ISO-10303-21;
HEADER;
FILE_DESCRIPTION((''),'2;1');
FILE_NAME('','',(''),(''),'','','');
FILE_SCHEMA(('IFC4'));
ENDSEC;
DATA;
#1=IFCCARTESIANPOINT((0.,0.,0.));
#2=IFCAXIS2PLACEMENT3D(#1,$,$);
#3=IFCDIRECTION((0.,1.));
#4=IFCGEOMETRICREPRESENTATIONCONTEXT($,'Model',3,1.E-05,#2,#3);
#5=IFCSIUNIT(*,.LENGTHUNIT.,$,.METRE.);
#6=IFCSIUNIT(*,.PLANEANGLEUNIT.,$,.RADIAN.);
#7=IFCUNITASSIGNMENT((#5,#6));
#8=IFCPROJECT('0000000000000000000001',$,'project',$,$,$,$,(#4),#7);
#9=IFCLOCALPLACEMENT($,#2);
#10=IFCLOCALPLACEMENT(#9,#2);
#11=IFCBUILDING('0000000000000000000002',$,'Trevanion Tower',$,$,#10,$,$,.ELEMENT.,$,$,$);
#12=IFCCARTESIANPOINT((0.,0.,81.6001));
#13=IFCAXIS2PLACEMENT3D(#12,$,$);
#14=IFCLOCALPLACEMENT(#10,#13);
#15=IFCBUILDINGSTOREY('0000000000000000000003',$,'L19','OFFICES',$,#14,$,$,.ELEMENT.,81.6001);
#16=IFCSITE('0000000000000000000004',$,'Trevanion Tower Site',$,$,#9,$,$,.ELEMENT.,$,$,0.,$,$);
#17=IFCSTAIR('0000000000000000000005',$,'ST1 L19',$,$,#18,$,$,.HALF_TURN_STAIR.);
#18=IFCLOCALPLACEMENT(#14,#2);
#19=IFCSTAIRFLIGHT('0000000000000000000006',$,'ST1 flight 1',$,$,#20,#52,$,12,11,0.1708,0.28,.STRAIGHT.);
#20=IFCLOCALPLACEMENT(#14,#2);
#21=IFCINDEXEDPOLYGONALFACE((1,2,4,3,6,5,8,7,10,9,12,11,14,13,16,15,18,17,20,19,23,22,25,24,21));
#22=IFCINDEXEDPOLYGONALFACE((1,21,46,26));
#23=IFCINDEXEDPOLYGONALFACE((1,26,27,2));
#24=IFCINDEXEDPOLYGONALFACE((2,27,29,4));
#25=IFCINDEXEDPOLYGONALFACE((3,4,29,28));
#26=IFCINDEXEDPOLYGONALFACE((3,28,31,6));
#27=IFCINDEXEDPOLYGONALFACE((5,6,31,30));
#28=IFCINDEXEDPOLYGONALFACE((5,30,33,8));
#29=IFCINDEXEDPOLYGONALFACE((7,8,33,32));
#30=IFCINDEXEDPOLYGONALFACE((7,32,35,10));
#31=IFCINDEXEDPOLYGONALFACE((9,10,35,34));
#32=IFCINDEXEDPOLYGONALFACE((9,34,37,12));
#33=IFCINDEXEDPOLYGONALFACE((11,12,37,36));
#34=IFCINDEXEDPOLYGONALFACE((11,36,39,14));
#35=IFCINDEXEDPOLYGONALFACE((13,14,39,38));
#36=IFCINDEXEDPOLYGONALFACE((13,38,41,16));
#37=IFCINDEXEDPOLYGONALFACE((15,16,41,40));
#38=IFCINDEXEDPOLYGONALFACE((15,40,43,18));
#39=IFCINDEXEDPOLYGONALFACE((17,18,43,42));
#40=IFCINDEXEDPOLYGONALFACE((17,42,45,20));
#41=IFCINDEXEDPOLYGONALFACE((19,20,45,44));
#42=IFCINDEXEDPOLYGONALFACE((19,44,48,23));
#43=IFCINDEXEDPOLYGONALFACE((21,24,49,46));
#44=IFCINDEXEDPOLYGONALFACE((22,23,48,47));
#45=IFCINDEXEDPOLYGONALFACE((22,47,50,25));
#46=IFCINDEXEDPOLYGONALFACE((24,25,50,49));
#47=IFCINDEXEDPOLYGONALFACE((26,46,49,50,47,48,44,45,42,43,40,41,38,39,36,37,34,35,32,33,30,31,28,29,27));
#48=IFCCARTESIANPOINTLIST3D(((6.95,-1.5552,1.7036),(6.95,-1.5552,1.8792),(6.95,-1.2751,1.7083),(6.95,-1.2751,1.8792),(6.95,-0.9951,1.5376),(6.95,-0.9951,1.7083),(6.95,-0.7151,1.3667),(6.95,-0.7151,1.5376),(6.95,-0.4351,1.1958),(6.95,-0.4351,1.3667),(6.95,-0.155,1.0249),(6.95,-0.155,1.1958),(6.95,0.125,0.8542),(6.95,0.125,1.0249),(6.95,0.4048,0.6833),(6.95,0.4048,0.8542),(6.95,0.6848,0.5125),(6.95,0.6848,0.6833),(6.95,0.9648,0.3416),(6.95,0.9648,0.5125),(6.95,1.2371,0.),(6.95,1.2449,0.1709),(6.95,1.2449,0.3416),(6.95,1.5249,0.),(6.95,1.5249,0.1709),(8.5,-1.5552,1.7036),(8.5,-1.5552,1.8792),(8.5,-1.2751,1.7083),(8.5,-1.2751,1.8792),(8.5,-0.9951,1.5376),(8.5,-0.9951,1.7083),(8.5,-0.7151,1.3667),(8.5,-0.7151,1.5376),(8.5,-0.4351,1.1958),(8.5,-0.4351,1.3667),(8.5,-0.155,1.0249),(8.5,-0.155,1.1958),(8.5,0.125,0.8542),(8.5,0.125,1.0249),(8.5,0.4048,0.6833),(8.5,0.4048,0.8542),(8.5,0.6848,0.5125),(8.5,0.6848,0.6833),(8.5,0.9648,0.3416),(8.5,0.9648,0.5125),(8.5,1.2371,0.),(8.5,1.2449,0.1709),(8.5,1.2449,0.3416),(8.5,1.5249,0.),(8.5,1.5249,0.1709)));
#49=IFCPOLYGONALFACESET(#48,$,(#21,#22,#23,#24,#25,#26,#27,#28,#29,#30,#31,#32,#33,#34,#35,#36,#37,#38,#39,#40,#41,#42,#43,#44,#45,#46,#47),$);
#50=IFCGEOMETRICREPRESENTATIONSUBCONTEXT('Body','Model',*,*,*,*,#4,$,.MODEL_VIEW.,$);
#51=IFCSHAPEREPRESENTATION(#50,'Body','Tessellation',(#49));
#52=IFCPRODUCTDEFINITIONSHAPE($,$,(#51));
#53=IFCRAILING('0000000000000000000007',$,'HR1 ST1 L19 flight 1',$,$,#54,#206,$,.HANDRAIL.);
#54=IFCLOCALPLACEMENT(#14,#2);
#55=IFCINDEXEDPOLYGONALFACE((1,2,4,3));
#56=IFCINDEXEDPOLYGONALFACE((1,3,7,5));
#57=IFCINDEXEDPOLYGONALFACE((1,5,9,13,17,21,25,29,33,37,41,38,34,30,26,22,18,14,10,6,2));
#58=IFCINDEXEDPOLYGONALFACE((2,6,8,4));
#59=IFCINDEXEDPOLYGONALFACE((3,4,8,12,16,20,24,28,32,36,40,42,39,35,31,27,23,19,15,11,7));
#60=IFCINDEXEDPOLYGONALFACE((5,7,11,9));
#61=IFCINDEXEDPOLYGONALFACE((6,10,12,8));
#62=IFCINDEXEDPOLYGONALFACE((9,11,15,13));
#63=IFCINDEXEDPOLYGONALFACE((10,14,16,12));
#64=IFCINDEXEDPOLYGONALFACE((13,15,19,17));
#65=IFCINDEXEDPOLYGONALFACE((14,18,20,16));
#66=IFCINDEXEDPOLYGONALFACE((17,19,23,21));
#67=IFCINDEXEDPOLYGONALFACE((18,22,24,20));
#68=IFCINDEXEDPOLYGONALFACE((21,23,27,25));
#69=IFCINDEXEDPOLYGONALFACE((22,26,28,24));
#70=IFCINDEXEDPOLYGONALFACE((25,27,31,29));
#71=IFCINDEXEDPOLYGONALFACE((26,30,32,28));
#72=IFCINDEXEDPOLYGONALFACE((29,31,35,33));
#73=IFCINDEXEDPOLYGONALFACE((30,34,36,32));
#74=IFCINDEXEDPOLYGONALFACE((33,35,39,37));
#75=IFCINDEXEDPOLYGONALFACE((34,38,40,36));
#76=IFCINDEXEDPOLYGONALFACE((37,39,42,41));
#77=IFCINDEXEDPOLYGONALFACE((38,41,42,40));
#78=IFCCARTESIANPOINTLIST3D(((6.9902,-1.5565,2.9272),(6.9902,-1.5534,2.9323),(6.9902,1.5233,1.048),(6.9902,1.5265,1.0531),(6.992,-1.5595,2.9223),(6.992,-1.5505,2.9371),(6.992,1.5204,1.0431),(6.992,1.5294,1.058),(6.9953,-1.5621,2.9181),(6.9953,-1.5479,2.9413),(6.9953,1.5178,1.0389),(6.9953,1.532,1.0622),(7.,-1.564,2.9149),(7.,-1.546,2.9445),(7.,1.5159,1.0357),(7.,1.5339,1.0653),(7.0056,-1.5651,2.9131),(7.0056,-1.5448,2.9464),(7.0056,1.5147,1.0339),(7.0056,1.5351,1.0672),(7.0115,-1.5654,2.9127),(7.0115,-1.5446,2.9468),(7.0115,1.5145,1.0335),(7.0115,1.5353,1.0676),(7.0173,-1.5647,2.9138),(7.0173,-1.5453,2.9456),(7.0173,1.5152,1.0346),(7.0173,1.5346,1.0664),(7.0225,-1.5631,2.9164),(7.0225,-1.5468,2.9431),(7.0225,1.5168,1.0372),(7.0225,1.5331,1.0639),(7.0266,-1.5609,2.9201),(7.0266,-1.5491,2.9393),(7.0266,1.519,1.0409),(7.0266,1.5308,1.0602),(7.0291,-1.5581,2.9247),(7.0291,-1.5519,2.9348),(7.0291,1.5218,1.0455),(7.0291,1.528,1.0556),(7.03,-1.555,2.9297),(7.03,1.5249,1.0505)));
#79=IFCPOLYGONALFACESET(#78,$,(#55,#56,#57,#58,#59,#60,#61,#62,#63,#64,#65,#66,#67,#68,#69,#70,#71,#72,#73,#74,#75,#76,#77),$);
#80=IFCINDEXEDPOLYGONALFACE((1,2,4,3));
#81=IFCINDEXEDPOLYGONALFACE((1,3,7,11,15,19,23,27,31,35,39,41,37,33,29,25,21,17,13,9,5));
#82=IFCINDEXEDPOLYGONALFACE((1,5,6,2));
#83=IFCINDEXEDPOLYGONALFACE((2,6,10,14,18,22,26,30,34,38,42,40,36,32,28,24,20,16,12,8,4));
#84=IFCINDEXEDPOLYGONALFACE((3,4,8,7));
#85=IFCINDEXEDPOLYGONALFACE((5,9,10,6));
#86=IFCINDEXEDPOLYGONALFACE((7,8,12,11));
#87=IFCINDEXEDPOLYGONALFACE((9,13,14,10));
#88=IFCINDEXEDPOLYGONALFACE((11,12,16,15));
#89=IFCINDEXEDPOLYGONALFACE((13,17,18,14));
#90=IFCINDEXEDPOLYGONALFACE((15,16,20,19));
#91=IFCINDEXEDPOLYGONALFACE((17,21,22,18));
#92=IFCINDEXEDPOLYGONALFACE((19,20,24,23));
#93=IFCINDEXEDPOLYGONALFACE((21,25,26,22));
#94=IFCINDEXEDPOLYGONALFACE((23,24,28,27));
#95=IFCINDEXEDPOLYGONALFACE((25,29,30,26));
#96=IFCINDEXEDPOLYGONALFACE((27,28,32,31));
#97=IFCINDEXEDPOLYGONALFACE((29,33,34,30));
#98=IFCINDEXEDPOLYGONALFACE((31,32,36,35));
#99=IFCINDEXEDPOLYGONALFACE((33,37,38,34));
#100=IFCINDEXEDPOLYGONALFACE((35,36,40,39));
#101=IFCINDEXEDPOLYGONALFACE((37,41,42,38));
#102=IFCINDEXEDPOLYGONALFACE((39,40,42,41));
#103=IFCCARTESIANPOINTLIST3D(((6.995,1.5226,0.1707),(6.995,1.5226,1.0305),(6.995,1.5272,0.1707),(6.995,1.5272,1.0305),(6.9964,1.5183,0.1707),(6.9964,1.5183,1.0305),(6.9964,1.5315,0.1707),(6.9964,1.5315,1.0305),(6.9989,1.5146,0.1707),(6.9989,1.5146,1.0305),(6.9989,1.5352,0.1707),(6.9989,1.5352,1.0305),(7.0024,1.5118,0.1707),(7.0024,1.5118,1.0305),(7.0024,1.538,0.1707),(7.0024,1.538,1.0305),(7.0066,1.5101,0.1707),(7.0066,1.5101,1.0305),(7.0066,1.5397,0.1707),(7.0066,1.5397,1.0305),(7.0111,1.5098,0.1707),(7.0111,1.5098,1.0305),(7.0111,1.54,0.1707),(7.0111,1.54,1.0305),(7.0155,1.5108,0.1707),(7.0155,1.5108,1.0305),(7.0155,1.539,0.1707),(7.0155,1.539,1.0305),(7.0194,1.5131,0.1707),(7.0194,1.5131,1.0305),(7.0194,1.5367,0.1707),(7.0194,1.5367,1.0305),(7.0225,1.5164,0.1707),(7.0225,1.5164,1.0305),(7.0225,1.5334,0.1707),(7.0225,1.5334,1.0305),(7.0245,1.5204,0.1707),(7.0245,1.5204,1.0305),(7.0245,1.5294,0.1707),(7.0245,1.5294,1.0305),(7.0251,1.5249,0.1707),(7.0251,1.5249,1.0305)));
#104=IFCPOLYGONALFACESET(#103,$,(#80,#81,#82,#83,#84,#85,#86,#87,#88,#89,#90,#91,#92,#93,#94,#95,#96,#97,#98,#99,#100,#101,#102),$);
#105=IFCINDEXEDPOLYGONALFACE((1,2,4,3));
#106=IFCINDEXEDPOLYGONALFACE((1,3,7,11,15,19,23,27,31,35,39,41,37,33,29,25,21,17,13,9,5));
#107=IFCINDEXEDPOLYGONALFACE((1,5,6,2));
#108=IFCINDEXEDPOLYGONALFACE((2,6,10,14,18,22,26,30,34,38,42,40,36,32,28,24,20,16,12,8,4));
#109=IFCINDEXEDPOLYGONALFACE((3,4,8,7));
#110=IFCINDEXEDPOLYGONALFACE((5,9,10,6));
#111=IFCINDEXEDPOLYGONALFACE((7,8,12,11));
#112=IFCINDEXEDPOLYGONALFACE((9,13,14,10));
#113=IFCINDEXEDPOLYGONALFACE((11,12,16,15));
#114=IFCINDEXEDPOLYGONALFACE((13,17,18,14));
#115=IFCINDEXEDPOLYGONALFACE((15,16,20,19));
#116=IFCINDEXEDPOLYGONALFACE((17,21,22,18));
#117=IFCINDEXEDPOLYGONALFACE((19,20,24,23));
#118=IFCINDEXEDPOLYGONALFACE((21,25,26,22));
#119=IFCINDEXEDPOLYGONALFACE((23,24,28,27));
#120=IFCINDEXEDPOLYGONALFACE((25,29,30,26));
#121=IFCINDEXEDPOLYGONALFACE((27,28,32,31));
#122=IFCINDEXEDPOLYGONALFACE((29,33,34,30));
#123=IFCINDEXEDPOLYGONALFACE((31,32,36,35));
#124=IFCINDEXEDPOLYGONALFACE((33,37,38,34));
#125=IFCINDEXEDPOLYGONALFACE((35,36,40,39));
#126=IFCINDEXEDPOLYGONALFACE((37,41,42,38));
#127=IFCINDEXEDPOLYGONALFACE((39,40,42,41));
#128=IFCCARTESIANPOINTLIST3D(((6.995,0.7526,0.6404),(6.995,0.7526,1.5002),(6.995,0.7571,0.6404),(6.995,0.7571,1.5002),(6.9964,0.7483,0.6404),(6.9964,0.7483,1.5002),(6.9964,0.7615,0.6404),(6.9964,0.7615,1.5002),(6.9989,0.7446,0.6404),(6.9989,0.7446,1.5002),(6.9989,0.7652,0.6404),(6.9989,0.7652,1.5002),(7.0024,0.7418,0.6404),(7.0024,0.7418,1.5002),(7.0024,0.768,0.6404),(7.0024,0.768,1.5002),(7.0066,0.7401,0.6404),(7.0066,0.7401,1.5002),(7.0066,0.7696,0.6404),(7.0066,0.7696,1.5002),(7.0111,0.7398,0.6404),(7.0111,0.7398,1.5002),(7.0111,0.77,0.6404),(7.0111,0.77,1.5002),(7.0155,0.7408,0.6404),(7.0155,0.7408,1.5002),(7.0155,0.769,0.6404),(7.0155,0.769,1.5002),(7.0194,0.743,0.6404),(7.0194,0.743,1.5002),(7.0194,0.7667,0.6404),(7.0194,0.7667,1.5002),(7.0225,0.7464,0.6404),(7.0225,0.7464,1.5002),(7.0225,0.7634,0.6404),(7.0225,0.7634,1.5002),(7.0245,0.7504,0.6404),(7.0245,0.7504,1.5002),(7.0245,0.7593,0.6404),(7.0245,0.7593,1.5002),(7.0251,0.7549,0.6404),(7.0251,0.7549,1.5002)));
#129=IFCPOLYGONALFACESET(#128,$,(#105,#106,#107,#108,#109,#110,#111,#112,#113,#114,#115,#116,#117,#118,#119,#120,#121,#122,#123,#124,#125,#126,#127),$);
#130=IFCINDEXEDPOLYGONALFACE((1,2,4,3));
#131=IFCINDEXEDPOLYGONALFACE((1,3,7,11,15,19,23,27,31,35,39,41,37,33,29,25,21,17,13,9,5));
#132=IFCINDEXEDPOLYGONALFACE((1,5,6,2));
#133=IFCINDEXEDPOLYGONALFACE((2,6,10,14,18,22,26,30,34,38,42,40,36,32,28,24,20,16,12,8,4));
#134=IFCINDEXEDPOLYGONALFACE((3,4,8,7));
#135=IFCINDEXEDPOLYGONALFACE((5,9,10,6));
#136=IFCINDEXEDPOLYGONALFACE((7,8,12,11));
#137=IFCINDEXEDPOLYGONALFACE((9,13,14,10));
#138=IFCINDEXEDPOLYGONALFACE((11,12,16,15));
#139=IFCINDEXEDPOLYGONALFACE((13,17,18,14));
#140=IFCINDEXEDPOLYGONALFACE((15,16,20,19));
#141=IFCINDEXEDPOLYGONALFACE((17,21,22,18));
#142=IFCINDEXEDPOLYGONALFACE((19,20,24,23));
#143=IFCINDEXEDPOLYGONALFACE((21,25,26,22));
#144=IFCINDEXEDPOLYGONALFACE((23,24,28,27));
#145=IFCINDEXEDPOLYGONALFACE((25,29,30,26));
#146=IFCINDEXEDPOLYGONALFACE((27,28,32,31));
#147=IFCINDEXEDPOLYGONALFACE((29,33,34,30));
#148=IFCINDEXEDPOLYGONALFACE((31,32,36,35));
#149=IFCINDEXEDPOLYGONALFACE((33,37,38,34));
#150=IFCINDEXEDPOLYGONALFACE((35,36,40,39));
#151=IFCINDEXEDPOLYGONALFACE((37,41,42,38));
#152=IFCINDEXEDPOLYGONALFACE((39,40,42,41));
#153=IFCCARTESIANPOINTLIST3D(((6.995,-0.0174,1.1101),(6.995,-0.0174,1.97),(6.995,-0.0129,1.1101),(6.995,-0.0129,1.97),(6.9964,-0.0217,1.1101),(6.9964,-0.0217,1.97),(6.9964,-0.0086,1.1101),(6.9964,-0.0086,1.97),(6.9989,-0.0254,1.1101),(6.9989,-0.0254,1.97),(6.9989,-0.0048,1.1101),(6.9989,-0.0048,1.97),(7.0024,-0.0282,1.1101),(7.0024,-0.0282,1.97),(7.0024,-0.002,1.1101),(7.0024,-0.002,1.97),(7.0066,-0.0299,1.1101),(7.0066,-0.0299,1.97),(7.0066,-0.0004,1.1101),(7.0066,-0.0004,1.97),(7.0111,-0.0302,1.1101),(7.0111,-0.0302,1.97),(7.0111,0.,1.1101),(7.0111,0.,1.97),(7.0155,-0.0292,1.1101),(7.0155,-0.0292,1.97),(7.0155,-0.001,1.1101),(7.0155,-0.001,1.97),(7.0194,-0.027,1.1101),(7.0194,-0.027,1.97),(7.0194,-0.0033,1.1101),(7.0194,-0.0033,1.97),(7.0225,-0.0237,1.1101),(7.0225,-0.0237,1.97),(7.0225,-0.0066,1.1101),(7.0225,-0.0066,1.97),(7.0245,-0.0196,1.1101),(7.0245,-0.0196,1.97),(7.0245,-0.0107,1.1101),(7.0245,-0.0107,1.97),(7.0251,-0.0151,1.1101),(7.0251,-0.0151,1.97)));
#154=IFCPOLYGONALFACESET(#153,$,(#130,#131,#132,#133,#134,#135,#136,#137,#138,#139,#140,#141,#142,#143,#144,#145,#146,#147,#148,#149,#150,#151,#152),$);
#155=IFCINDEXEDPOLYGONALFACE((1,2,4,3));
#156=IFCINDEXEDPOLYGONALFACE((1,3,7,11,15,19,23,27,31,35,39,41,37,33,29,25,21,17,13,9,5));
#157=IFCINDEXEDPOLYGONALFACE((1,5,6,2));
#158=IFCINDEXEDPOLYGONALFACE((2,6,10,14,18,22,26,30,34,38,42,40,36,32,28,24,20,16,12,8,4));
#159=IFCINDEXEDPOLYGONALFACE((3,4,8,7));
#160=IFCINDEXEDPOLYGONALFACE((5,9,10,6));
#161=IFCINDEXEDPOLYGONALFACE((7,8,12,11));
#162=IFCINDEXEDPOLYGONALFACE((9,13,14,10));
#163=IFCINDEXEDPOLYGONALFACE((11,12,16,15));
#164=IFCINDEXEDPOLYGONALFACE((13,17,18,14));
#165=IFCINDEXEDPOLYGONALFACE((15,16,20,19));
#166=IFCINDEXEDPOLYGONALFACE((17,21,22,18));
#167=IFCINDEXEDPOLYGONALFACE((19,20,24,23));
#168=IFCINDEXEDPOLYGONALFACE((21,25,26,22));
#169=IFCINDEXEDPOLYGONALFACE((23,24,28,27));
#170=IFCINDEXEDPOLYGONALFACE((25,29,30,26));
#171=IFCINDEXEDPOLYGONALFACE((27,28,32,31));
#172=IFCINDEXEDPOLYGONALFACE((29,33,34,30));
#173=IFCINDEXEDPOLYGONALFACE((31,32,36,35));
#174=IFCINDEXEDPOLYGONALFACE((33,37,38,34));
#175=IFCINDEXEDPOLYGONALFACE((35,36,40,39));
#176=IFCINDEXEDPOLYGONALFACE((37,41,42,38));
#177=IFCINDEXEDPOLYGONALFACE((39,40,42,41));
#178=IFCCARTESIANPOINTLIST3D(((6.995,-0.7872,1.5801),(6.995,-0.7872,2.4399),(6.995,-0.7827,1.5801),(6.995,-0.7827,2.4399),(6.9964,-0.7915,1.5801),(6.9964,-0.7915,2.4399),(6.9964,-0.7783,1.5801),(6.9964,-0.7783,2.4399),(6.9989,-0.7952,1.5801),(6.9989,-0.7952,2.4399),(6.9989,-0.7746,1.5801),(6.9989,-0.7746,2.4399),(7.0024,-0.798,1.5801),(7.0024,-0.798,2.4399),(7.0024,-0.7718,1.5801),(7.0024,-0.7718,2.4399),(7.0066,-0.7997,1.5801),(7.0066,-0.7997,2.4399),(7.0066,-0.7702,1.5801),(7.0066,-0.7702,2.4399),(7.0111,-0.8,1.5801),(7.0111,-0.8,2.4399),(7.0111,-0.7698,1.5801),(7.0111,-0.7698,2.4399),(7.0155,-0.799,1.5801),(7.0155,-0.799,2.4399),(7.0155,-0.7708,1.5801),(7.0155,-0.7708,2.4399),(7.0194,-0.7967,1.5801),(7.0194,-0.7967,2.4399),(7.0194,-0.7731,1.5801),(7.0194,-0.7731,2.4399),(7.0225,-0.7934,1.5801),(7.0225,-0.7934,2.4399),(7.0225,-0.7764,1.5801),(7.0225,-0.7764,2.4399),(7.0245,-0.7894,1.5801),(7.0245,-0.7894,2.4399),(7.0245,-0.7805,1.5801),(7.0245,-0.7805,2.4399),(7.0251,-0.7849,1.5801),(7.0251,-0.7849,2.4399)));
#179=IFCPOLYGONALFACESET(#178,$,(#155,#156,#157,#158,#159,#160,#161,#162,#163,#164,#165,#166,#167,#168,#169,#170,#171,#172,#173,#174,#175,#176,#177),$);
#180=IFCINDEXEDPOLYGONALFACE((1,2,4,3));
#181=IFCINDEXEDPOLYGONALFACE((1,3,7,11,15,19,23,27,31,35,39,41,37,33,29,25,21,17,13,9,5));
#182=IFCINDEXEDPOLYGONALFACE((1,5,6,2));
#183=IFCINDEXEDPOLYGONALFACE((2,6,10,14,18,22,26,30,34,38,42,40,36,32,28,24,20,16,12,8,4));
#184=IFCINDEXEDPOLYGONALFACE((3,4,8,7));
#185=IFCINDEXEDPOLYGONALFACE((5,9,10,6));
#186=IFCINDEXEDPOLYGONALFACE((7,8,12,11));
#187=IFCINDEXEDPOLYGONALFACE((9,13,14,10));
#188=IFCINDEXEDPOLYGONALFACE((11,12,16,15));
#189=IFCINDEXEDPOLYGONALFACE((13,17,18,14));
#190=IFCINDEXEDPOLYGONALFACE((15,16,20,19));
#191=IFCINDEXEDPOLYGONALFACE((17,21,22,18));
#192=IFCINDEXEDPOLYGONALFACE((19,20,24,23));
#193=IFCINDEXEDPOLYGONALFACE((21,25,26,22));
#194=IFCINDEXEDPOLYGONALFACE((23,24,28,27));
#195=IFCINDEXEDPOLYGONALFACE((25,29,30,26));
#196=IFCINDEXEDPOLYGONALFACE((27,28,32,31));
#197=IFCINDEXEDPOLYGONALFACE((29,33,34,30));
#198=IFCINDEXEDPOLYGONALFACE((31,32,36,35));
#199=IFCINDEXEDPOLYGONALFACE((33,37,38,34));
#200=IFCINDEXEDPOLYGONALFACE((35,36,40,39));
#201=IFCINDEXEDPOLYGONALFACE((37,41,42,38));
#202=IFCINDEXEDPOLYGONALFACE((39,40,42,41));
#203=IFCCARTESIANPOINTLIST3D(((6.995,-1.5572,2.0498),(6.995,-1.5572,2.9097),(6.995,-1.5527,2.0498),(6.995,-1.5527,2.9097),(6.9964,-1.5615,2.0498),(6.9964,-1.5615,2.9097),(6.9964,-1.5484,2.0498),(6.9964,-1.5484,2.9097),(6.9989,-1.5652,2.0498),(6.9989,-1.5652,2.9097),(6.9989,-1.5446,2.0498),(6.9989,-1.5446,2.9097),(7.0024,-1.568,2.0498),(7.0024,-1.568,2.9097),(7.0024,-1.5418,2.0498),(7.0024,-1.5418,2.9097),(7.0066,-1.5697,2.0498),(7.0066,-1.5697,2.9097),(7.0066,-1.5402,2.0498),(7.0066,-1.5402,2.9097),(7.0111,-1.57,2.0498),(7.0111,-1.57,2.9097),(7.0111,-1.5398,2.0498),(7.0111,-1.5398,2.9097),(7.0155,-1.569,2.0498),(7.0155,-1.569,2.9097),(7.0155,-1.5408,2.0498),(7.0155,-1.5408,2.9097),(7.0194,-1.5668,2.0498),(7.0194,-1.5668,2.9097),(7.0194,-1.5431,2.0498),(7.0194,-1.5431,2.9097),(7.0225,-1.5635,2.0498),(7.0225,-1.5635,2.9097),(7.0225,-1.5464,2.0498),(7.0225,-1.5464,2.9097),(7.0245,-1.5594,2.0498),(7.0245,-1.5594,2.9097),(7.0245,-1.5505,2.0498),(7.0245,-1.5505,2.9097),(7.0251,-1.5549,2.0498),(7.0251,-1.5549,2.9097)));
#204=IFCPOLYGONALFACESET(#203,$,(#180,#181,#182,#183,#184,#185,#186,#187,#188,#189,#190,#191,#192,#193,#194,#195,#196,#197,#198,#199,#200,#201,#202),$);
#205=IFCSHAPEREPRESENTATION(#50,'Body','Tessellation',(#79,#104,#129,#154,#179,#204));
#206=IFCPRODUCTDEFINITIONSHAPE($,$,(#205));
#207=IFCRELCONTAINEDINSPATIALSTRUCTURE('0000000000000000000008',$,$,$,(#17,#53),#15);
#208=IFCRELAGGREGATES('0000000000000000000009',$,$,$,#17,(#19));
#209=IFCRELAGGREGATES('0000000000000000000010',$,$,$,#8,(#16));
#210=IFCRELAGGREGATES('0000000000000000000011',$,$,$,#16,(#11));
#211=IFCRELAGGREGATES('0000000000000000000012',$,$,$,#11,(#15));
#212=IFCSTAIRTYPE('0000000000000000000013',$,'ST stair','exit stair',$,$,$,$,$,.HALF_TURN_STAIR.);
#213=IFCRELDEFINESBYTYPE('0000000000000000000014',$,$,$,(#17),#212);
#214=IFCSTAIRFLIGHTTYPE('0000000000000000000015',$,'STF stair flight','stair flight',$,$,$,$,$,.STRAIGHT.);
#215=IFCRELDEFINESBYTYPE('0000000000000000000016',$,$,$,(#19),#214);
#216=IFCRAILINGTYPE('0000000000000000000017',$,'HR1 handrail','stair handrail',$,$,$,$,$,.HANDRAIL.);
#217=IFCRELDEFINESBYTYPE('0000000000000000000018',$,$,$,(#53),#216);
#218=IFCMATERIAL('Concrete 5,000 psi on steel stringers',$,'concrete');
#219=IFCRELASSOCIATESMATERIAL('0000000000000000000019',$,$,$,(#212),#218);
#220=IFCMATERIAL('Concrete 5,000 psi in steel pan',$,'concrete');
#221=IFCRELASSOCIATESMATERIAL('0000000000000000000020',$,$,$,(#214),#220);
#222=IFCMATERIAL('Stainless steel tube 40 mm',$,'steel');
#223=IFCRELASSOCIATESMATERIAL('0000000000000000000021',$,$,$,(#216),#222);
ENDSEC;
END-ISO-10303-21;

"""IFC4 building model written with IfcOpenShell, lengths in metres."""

from ifc_helpers import new_model, si_unit, direction, frame, origin, origin_2d, place, context, subcontext, project, spatial, polyline, circle, outline, extrude, material, type_object, element, aggregate, save


model = new_model("IFC4")

# Units and contexts
model_context = context("Model", 3, precision=1e-05, world=origin(), true_north=direction((0.0, 1.0)))
body_context = subcontext(model_context, "Body", "Model", "MODEL_VIEW")
ifc_project = project(units=[si_unit("LENGTHUNIT", "METRE"), si_unit("PLANEANGLEUNIT", "RADIAN")], contexts=[model_context])

# Site, building, storey
site_placement = place(None, origin())
site = spatial("IfcSite", under=ifc_project, at=site_placement, Name="Trevanion Tower Site", CompositionType="ELEMENT", RefElevation=0.0)
building_placement = place(site_placement, origin())
building = spatial("IfcBuilding", under=site, at=building_placement, Name="Trevanion Tower", CompositionType="ELEMENT")
storey_placement = place(building_placement, frame((0.0, 0.0, 81.6001)))
storey = spatial("IfcBuildingStorey", under=building, at=storey_placement, Name="L19", Description="OFFICES", CompositionType="ELEMENT", Elevation=81.6001)

# Stair, stair flight
ifc_material_1 = material(Name="Concrete 5,000 psi on steel stringers", Category="concrete")
stair_type = type_object("IfcStairType", Name="ST stair", Description="exit stair", PredefinedType="HALF_TURN_STAIR", material=ifc_material_1)
stair_placement = place(storey_placement, origin())
stair = element("IfcStair", 1, at=stair_placement, inside=storey, type_object=stair_type, Name="ST1 L19", PredefinedType="HALF_TURN_STAIR")
ifc_material_2 = material(Name="Concrete 5,000 psi in steel pan", Category="concrete")
stair_flight_type = type_object("IfcStairFlightType", Name="STF stair flight", Description="stair flight", PredefinedType="STRAIGHT", material=ifc_material_2)
stair_flight_placement = place(storey_placement, frame((7.7251, 1.5249, 0.0), z_axis=(0.0, 0.0, 1.0), x_axis=(0.0, -1.0, 0.0)))
stair_flight = element("IfcStairFlight", 2, at=stair_flight_placement, type_object=stair_flight_type, Name="ST1 flight 1", NumberOfRisers=12, NumberOfTreads=11, PredefinedType="STRAIGHT", RiserHeight=0.1708, TreadLength=0.28, context=body_context, shape_type="SweptSolid", body=[
    extrude(outline(polyline([(0.0, 0.0), (0.0, 0.1709), (0.28, 0.1709), (0.28, 0.3416), (0.5601, 0.3416), (0.5601, 0.5125), (0.8401, 0.5125), (0.8401, 0.6833), (1.1201, 0.6833), (1.1201, 0.8542), (1.3999, 0.8542), (1.3999, 1.0249), (1.6799, 1.0249), (1.6799, 1.1958), (1.96, 1.1958), (1.96, 1.3667), (2.24, 1.3667), (2.24, 1.5376), (2.52, 1.5376), (2.52, 1.7083), (2.8, 1.7083), (2.8, 1.8792), (3.0801, 1.8792), (3.0801, 2.05), (3.0801, 1.7036), (0.2878, 0.0), (0.0, 0.0)])), frame((0.0, 0.7749, 0.0), z_axis=(0.0, -1.0, 0.0), x_axis=(1.0, 0.0, 0.0)), (0.0, 0.0, 1.0), 1.55),
])
aggregate(stair, [stair_flight])

# Railing
ifc_material_3 = material(Name="Stainless steel tube 40 mm", Category="steel")
railing_type = type_object("IfcRailingType", Name="HR1 handrail", Description="stair handrail", PredefinedType="HANDRAIL", material=ifc_material_3)
for number, where, name in (
    (3, (7.01, 1.5249, 0.1707), "HR1 ST1 L19 flight 1"),
):
    element("IfcRailing", number, at=place(storey_placement, frame(where)), inside=storey, type_object=railing_type, Name=name, PredefinedType="HANDRAIL", context=body_context, shape_type="SweptSolid", body=[
        extrude(circle(Radius=0.02, at=origin_2d()), frame((0.0, 0.0, 0.8799), z_axis=(0.0, -0.853648, 0.52085), x_axis=(1.0, 0.0, 0.0)), (0.0, 0.0, 1.0), 3.6079),
        extrude(circle(Radius=0.0151, at=origin_2d()), origin(), (0.0, 0.0, 1.0), 0.8599),
        extrude(circle(Radius=0.0151, at=origin_2d()), frame((0.0, -0.77, 0.4697)), (0.0, 0.0, 1.0), 0.8599),
        extrude(circle(Radius=0.0151, at=origin_2d()), frame((0.0, -1.54, 0.9395)), (0.0, 0.0, 1.0), 0.8599),
        extrude(circle(Radius=0.0151, at=origin_2d()), frame((0.0, -2.3098, 1.4094)), (0.0, 0.0, 1.0), 0.8599),
        extrude(circle(Radius=0.0151, at=origin_2d()), frame((0.0, -3.0798, 1.8792)), (0.0, 0.0, 1.0), 0.8599),
    ])

save(model, "model.ifc")
